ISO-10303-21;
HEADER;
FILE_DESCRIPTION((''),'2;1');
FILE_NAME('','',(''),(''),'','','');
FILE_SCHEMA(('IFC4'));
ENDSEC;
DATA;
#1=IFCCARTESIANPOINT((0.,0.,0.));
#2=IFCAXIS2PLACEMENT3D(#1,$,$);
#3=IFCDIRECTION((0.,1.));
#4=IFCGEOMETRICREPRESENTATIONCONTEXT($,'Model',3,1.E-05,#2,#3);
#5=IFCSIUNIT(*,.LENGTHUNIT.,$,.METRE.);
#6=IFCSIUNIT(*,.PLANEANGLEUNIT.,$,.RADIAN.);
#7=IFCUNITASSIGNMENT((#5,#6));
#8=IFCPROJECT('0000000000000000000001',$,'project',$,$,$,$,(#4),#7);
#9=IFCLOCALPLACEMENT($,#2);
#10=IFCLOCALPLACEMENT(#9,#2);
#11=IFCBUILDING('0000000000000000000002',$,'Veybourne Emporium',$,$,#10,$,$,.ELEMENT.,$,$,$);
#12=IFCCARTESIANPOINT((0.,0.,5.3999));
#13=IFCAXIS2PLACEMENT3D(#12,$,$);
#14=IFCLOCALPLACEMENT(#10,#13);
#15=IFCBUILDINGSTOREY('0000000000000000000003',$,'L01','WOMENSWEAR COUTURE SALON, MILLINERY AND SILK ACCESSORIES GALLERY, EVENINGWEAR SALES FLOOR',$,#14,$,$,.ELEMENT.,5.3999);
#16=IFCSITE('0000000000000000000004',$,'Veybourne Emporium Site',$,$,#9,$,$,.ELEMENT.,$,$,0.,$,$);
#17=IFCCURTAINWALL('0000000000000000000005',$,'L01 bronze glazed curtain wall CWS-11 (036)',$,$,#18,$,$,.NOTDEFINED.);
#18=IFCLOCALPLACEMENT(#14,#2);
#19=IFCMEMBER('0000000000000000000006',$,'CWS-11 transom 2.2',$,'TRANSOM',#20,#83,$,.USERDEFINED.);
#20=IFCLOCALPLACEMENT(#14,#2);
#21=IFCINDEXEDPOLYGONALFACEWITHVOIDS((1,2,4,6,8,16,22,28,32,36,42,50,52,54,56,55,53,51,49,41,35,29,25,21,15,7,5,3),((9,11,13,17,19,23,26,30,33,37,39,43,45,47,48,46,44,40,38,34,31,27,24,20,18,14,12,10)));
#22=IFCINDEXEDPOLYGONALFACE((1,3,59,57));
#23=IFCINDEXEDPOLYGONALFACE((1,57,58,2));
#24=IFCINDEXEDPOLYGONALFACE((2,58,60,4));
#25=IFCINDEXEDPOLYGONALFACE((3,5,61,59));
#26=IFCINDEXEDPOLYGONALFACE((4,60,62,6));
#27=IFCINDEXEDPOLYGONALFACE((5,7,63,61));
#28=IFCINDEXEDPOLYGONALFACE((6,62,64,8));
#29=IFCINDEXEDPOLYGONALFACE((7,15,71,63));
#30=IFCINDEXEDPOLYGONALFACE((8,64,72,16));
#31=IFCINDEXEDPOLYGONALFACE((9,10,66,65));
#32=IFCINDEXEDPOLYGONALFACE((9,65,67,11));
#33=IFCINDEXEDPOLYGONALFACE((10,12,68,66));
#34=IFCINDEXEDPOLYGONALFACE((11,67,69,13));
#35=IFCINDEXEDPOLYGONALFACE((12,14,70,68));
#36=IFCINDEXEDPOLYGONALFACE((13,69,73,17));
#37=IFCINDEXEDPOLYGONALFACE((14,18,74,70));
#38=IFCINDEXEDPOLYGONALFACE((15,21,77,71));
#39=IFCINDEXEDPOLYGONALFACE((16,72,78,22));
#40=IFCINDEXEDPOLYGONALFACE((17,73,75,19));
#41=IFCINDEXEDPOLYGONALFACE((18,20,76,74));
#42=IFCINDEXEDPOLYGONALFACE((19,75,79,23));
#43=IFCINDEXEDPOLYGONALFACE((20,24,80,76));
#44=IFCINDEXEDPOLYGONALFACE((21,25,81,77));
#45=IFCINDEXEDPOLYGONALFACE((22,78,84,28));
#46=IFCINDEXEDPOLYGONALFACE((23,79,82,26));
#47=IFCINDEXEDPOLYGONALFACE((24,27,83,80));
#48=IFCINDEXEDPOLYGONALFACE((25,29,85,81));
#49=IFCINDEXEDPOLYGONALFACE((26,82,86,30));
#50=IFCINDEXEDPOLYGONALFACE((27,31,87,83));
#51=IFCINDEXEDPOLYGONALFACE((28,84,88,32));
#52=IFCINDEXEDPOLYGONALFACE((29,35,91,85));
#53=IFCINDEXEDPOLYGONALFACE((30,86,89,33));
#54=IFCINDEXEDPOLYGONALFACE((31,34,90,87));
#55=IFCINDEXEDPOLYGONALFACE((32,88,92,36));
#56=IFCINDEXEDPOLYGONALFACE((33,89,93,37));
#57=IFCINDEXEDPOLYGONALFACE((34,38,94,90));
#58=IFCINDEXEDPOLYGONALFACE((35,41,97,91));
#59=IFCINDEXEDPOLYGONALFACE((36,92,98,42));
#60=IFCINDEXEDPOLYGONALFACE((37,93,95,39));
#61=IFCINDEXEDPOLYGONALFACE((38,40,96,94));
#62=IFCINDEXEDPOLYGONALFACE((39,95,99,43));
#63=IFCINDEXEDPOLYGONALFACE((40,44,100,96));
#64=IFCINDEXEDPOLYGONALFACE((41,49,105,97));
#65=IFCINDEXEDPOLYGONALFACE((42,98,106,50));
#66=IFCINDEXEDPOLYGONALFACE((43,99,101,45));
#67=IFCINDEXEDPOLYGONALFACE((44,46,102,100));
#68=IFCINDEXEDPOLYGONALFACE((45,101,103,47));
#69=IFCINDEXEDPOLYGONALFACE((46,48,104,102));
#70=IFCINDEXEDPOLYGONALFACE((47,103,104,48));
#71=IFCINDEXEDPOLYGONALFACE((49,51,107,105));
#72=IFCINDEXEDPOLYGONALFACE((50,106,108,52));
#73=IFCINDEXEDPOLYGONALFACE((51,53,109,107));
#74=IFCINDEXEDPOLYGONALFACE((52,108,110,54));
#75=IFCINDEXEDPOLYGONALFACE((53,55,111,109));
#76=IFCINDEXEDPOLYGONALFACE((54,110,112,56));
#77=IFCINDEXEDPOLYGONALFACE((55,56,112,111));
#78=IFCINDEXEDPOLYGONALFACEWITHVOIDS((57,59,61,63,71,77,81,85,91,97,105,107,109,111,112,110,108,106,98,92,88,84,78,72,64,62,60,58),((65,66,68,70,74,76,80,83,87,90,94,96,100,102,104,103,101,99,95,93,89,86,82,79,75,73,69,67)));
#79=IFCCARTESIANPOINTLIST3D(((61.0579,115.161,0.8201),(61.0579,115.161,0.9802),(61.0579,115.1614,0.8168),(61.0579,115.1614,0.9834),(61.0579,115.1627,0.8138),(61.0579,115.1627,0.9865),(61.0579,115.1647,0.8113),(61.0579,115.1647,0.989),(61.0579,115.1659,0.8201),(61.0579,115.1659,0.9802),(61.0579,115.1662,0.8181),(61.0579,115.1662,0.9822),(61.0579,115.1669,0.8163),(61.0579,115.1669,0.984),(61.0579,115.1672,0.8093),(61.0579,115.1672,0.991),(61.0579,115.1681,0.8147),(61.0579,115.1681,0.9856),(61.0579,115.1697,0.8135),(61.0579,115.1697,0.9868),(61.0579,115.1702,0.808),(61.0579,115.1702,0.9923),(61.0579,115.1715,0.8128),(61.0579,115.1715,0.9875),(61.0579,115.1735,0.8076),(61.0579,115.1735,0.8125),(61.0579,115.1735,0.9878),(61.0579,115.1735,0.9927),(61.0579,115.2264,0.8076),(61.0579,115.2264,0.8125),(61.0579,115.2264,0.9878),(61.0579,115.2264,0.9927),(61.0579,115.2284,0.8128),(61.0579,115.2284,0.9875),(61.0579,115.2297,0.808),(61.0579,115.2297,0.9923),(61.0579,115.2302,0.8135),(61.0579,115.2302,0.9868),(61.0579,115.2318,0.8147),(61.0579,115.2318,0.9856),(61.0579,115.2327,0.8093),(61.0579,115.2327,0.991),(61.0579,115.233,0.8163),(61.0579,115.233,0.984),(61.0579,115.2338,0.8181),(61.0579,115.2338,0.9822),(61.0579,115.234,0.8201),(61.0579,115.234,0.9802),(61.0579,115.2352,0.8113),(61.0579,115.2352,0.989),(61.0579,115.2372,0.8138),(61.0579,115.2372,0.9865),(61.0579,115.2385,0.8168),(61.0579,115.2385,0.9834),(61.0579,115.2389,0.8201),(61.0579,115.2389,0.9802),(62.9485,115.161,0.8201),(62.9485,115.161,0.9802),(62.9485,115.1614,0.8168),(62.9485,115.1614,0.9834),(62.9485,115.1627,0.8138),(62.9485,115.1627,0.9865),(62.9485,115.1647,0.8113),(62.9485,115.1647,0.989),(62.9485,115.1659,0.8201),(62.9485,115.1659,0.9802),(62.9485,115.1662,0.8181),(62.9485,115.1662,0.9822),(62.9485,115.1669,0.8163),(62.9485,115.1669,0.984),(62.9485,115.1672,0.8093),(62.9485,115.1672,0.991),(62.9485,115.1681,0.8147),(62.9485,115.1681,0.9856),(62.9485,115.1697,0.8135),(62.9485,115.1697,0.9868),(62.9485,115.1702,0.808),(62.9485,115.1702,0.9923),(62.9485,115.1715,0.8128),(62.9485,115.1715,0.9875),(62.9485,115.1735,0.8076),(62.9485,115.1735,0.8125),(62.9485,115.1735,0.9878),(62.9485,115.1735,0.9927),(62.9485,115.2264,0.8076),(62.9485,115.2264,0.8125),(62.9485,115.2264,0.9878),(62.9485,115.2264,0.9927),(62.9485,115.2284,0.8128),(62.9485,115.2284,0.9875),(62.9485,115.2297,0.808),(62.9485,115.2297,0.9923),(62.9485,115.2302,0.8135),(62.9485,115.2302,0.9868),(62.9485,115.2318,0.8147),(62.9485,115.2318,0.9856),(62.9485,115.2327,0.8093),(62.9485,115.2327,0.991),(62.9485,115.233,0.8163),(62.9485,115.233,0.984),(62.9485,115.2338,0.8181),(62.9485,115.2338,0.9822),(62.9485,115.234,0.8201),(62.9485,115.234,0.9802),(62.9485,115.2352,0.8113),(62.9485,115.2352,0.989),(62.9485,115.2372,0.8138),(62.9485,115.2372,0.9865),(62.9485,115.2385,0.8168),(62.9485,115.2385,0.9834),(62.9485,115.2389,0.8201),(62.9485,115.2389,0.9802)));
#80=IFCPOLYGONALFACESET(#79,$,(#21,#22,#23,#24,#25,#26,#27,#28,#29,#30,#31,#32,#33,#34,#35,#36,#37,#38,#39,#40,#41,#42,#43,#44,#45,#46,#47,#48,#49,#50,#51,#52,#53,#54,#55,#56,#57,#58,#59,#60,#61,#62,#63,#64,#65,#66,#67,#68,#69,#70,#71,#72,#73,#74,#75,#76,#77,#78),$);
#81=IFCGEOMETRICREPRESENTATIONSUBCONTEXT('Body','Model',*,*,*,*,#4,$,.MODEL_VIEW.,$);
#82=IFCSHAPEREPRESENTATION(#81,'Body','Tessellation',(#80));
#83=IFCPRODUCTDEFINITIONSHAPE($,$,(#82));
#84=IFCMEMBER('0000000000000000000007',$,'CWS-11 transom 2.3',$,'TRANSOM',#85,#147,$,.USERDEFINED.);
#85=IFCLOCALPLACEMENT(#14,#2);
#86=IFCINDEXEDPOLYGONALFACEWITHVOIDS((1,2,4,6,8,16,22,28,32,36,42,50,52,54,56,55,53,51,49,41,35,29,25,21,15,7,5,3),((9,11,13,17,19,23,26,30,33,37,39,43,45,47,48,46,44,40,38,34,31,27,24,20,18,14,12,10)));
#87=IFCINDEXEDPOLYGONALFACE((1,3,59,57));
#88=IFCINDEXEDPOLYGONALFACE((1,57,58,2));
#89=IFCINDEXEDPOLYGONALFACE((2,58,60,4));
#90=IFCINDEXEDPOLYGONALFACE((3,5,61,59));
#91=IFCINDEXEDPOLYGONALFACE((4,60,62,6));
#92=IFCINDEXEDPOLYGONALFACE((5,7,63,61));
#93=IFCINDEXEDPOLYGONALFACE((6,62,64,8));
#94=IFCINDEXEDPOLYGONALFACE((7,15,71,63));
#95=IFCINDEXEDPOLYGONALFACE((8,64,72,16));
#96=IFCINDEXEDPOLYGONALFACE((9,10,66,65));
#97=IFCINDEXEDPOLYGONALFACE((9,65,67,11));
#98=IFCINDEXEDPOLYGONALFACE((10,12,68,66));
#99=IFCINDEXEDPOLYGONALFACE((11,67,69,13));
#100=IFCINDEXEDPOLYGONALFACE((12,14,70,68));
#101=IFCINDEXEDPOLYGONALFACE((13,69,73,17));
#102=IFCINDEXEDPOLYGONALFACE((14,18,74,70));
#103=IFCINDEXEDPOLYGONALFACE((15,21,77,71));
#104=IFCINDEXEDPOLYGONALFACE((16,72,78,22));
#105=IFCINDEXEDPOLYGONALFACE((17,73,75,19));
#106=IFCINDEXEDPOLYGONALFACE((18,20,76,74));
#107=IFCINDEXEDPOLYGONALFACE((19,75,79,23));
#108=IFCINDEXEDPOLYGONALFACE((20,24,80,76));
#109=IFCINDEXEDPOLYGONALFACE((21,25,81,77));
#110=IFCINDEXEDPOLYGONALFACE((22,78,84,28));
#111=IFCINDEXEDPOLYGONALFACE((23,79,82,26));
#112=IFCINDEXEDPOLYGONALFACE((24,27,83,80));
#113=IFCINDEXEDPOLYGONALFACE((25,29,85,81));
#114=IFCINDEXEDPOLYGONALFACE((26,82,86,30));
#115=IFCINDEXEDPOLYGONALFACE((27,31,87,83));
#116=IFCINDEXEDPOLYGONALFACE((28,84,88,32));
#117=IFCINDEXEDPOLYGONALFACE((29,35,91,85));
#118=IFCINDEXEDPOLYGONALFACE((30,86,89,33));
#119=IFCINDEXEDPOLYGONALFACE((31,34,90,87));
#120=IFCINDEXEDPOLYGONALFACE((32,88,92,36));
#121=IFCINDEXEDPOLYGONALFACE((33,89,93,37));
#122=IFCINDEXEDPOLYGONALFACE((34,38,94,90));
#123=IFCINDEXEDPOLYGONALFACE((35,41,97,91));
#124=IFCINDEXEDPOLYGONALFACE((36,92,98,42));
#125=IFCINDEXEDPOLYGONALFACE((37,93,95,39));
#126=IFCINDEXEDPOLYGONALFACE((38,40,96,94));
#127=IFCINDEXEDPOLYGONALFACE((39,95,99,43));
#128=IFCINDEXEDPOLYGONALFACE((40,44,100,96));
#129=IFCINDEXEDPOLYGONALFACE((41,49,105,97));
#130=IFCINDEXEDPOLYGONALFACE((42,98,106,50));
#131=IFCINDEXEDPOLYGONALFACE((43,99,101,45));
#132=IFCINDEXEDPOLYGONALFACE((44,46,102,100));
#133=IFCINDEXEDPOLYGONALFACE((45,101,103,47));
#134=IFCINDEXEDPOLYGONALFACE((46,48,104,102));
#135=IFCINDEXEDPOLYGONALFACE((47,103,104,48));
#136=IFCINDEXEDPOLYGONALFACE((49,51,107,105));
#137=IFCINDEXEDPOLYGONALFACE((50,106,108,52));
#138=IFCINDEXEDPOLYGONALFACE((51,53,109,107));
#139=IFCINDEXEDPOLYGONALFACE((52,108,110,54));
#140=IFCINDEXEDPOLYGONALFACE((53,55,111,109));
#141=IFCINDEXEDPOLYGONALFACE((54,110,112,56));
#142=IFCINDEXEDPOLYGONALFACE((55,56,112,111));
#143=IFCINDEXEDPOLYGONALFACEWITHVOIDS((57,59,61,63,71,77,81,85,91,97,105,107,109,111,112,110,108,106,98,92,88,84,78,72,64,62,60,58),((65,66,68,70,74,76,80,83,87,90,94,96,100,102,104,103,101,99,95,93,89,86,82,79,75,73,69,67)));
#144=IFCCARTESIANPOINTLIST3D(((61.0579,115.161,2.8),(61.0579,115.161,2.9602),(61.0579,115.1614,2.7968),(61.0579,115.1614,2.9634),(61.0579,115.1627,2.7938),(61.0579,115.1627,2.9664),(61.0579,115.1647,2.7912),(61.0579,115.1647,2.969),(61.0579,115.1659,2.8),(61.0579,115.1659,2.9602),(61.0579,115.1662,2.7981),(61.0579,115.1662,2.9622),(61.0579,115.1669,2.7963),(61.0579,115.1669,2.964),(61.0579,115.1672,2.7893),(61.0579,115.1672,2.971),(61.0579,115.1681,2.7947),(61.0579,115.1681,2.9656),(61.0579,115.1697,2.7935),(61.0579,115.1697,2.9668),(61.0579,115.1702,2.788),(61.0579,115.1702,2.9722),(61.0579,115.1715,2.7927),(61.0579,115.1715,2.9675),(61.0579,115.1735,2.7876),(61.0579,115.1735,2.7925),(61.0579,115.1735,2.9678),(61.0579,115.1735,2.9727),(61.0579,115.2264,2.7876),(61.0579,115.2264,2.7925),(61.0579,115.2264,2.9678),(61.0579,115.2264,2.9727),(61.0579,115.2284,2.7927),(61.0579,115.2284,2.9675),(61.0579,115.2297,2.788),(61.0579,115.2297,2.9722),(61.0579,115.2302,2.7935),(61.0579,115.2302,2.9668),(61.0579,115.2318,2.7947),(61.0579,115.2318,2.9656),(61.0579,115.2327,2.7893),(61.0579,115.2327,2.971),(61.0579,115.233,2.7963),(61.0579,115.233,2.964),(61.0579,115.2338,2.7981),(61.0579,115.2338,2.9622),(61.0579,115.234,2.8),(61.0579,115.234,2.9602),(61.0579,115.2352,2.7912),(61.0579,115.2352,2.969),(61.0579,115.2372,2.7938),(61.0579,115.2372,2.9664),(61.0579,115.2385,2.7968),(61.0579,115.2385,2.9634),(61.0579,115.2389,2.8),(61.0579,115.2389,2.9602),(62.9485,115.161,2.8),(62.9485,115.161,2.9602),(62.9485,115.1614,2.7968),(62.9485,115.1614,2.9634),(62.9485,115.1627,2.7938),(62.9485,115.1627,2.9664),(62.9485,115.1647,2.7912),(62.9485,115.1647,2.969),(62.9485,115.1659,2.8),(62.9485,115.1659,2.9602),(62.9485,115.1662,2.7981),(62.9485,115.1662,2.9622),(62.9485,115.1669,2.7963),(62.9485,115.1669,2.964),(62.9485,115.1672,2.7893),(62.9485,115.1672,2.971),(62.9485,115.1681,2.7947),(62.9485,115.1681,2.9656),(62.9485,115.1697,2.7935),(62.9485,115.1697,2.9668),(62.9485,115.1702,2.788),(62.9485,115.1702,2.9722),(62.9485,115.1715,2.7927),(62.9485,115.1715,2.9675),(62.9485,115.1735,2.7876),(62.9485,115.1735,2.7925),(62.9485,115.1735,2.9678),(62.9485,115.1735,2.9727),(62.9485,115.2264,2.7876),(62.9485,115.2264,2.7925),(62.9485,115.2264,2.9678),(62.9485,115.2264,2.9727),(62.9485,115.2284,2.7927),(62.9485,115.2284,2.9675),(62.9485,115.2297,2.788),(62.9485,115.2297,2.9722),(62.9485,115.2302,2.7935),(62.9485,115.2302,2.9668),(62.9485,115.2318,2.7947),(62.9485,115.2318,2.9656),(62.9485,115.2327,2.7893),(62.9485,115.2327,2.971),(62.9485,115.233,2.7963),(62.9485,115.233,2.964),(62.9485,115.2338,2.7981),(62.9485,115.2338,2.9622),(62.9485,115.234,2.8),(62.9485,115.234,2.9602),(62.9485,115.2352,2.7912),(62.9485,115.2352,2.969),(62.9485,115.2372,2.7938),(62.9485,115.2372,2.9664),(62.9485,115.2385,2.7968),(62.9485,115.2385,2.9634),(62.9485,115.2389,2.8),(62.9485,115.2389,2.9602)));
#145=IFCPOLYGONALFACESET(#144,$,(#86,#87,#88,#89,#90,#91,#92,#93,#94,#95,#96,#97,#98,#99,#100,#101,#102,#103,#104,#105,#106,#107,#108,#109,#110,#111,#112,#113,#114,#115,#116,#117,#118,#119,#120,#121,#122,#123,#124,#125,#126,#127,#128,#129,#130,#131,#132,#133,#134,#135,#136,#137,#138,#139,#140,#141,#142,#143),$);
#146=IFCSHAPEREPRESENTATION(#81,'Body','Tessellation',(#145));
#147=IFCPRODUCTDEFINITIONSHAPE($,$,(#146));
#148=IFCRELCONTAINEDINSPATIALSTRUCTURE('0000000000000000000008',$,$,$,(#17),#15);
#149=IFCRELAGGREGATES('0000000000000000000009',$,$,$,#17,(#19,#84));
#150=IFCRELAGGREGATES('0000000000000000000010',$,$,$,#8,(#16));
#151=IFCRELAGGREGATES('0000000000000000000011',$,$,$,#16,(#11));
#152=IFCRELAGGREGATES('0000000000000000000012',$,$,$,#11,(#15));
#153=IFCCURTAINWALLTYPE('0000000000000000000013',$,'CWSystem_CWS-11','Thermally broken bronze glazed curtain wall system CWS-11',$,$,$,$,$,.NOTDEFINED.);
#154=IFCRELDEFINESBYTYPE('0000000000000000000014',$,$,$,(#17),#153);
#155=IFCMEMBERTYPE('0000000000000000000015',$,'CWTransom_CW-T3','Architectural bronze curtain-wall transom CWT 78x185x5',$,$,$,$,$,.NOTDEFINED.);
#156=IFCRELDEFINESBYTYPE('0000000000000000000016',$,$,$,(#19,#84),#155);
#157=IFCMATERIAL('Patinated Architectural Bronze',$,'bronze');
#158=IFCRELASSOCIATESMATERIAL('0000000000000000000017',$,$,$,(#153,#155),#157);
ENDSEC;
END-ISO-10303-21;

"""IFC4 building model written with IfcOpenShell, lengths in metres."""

from ifc_helpers import new_model, si_unit, direction, frame, origin, origin_2d, place, context, subcontext, project, spatial, hollow_rectangle, extrude, material, material_profile, profile_set, type_object, element, aggregate, save


model = new_model("IFC4")

# Units and contexts
model_context = context("Model", 3, precision=1e-05, world=origin(), true_north=direction((0.0, 1.0)))
body_context = subcontext(model_context, "Body", "Model", "MODEL_VIEW")
ifc_project = project(units=[si_unit("LENGTHUNIT", "METRE"), si_unit("PLANEANGLEUNIT", "RADIAN")], contexts=[model_context])

# Site, building, storey
site_placement = place(None, origin())
site = spatial("IfcSite", under=ifc_project, at=site_placement, Name="Veybourne Emporium Site", CompositionType="ELEMENT", RefElevation=0.0)
building_placement = place(site_placement, origin())
building = spatial("IfcBuilding", under=site, at=building_placement, Name="Veybourne Emporium", CompositionType="ELEMENT")
storey_placement = place(building_placement, frame((0.0, 0.0, 5.3999)))
storey = spatial("IfcBuildingStorey", under=building, at=storey_placement, Name="L01", Description="WOMENSWEAR COUTURE SALON, MILLINERY AND SILK ACCESSORIES GALLERY, EVENINGWEAR SALES FLOOR", CompositionType="ELEMENT", Elevation=5.3999)

# Curtain wall, members
ifc_material_1 = material(Name="Patinated Architectural Bronze", Category="bronze")
curtain_wall_type = type_object("IfcCurtainWallType", Name="CWSystem_CWS-11", Description="Thermally broken bronze glazed curtain wall system CWS-11", PredefinedType="NOTDEFINED", material=ifc_material_1)
curtain_wall_placement = place(storey_placement, origin())
curtain_wall = element("IfcCurtainWall", 1, at=curtain_wall_placement, inside=storey, type_object=curtain_wall_type, Name="L01 bronze glazed curtain wall CWS-11 (036)", PredefinedType="NOTDEFINED")
ifc_material_profile_1 = material_profile(ifc_material_1, hollow_rectangle(XDim=0.0779, YDim=0.1851, WallThickness=0.0049, InnerFilletRadius=0.0076, OuterFilletRadius=0.0125, at=origin_2d()), Name="CWT 78x185x5")
ifc_profile_set_1 = profile_set([ifc_material_profile_1], Name="Patinated Architectural Bronze")
member_type_1 = type_object("IfcMemberType", Name="CWTransom_CW-T3", Description="Architectural bronze curtain-wall transom CWT 78x185x5", PredefinedType="NOTDEFINED", material=ifc_profile_set_1)
member_1_placement = place(storey_placement, frame((61.0579, 115.2, 0.9001), z_axis=(1.0, 0.0, 0.0), x_axis=(0.0, 1.0, 0.0)))
member_1 = element("IfcMember", 2, at=member_1_placement, type_object=member_type_1, Name="CWS-11 transom 2.2", ObjectType="TRANSOM", PredefinedType="USERDEFINED", context=body_context, shape_type="SweptSolid", body=[
    extrude(hollow_rectangle(XDim=0.0779, YDim=0.1851, WallThickness=0.0049, InnerFilletRadius=0.0076, OuterFilletRadius=0.0125, at=origin_2d()), origin(), (0.0, 0.0, 1.0), 1.8906),
])
member_2_placement = place(storey_placement, frame((61.0579, 115.2, 2.8801), z_axis=(1.0, 0.0, 0.0), x_axis=(0.0, 1.0, 0.0)))
member_2 = element("IfcMember", 3, at=member_2_placement, type_object=member_type_1, Name="CWS-11 transom 2.3", ObjectType="TRANSOM", PredefinedType="USERDEFINED", context=body_context, shape_type="SweptSolid", body=[
    extrude(hollow_rectangle(XDim=0.0779, YDim=0.1851, WallThickness=0.0049, InnerFilletRadius=0.0076, OuterFilletRadius=0.0125, at=origin_2d()), origin(), (0.0, 0.0, 1.0), 1.8906),
])

aggregate(curtain_wall, [member_1, member_2])

save(model, "model.ifc")
